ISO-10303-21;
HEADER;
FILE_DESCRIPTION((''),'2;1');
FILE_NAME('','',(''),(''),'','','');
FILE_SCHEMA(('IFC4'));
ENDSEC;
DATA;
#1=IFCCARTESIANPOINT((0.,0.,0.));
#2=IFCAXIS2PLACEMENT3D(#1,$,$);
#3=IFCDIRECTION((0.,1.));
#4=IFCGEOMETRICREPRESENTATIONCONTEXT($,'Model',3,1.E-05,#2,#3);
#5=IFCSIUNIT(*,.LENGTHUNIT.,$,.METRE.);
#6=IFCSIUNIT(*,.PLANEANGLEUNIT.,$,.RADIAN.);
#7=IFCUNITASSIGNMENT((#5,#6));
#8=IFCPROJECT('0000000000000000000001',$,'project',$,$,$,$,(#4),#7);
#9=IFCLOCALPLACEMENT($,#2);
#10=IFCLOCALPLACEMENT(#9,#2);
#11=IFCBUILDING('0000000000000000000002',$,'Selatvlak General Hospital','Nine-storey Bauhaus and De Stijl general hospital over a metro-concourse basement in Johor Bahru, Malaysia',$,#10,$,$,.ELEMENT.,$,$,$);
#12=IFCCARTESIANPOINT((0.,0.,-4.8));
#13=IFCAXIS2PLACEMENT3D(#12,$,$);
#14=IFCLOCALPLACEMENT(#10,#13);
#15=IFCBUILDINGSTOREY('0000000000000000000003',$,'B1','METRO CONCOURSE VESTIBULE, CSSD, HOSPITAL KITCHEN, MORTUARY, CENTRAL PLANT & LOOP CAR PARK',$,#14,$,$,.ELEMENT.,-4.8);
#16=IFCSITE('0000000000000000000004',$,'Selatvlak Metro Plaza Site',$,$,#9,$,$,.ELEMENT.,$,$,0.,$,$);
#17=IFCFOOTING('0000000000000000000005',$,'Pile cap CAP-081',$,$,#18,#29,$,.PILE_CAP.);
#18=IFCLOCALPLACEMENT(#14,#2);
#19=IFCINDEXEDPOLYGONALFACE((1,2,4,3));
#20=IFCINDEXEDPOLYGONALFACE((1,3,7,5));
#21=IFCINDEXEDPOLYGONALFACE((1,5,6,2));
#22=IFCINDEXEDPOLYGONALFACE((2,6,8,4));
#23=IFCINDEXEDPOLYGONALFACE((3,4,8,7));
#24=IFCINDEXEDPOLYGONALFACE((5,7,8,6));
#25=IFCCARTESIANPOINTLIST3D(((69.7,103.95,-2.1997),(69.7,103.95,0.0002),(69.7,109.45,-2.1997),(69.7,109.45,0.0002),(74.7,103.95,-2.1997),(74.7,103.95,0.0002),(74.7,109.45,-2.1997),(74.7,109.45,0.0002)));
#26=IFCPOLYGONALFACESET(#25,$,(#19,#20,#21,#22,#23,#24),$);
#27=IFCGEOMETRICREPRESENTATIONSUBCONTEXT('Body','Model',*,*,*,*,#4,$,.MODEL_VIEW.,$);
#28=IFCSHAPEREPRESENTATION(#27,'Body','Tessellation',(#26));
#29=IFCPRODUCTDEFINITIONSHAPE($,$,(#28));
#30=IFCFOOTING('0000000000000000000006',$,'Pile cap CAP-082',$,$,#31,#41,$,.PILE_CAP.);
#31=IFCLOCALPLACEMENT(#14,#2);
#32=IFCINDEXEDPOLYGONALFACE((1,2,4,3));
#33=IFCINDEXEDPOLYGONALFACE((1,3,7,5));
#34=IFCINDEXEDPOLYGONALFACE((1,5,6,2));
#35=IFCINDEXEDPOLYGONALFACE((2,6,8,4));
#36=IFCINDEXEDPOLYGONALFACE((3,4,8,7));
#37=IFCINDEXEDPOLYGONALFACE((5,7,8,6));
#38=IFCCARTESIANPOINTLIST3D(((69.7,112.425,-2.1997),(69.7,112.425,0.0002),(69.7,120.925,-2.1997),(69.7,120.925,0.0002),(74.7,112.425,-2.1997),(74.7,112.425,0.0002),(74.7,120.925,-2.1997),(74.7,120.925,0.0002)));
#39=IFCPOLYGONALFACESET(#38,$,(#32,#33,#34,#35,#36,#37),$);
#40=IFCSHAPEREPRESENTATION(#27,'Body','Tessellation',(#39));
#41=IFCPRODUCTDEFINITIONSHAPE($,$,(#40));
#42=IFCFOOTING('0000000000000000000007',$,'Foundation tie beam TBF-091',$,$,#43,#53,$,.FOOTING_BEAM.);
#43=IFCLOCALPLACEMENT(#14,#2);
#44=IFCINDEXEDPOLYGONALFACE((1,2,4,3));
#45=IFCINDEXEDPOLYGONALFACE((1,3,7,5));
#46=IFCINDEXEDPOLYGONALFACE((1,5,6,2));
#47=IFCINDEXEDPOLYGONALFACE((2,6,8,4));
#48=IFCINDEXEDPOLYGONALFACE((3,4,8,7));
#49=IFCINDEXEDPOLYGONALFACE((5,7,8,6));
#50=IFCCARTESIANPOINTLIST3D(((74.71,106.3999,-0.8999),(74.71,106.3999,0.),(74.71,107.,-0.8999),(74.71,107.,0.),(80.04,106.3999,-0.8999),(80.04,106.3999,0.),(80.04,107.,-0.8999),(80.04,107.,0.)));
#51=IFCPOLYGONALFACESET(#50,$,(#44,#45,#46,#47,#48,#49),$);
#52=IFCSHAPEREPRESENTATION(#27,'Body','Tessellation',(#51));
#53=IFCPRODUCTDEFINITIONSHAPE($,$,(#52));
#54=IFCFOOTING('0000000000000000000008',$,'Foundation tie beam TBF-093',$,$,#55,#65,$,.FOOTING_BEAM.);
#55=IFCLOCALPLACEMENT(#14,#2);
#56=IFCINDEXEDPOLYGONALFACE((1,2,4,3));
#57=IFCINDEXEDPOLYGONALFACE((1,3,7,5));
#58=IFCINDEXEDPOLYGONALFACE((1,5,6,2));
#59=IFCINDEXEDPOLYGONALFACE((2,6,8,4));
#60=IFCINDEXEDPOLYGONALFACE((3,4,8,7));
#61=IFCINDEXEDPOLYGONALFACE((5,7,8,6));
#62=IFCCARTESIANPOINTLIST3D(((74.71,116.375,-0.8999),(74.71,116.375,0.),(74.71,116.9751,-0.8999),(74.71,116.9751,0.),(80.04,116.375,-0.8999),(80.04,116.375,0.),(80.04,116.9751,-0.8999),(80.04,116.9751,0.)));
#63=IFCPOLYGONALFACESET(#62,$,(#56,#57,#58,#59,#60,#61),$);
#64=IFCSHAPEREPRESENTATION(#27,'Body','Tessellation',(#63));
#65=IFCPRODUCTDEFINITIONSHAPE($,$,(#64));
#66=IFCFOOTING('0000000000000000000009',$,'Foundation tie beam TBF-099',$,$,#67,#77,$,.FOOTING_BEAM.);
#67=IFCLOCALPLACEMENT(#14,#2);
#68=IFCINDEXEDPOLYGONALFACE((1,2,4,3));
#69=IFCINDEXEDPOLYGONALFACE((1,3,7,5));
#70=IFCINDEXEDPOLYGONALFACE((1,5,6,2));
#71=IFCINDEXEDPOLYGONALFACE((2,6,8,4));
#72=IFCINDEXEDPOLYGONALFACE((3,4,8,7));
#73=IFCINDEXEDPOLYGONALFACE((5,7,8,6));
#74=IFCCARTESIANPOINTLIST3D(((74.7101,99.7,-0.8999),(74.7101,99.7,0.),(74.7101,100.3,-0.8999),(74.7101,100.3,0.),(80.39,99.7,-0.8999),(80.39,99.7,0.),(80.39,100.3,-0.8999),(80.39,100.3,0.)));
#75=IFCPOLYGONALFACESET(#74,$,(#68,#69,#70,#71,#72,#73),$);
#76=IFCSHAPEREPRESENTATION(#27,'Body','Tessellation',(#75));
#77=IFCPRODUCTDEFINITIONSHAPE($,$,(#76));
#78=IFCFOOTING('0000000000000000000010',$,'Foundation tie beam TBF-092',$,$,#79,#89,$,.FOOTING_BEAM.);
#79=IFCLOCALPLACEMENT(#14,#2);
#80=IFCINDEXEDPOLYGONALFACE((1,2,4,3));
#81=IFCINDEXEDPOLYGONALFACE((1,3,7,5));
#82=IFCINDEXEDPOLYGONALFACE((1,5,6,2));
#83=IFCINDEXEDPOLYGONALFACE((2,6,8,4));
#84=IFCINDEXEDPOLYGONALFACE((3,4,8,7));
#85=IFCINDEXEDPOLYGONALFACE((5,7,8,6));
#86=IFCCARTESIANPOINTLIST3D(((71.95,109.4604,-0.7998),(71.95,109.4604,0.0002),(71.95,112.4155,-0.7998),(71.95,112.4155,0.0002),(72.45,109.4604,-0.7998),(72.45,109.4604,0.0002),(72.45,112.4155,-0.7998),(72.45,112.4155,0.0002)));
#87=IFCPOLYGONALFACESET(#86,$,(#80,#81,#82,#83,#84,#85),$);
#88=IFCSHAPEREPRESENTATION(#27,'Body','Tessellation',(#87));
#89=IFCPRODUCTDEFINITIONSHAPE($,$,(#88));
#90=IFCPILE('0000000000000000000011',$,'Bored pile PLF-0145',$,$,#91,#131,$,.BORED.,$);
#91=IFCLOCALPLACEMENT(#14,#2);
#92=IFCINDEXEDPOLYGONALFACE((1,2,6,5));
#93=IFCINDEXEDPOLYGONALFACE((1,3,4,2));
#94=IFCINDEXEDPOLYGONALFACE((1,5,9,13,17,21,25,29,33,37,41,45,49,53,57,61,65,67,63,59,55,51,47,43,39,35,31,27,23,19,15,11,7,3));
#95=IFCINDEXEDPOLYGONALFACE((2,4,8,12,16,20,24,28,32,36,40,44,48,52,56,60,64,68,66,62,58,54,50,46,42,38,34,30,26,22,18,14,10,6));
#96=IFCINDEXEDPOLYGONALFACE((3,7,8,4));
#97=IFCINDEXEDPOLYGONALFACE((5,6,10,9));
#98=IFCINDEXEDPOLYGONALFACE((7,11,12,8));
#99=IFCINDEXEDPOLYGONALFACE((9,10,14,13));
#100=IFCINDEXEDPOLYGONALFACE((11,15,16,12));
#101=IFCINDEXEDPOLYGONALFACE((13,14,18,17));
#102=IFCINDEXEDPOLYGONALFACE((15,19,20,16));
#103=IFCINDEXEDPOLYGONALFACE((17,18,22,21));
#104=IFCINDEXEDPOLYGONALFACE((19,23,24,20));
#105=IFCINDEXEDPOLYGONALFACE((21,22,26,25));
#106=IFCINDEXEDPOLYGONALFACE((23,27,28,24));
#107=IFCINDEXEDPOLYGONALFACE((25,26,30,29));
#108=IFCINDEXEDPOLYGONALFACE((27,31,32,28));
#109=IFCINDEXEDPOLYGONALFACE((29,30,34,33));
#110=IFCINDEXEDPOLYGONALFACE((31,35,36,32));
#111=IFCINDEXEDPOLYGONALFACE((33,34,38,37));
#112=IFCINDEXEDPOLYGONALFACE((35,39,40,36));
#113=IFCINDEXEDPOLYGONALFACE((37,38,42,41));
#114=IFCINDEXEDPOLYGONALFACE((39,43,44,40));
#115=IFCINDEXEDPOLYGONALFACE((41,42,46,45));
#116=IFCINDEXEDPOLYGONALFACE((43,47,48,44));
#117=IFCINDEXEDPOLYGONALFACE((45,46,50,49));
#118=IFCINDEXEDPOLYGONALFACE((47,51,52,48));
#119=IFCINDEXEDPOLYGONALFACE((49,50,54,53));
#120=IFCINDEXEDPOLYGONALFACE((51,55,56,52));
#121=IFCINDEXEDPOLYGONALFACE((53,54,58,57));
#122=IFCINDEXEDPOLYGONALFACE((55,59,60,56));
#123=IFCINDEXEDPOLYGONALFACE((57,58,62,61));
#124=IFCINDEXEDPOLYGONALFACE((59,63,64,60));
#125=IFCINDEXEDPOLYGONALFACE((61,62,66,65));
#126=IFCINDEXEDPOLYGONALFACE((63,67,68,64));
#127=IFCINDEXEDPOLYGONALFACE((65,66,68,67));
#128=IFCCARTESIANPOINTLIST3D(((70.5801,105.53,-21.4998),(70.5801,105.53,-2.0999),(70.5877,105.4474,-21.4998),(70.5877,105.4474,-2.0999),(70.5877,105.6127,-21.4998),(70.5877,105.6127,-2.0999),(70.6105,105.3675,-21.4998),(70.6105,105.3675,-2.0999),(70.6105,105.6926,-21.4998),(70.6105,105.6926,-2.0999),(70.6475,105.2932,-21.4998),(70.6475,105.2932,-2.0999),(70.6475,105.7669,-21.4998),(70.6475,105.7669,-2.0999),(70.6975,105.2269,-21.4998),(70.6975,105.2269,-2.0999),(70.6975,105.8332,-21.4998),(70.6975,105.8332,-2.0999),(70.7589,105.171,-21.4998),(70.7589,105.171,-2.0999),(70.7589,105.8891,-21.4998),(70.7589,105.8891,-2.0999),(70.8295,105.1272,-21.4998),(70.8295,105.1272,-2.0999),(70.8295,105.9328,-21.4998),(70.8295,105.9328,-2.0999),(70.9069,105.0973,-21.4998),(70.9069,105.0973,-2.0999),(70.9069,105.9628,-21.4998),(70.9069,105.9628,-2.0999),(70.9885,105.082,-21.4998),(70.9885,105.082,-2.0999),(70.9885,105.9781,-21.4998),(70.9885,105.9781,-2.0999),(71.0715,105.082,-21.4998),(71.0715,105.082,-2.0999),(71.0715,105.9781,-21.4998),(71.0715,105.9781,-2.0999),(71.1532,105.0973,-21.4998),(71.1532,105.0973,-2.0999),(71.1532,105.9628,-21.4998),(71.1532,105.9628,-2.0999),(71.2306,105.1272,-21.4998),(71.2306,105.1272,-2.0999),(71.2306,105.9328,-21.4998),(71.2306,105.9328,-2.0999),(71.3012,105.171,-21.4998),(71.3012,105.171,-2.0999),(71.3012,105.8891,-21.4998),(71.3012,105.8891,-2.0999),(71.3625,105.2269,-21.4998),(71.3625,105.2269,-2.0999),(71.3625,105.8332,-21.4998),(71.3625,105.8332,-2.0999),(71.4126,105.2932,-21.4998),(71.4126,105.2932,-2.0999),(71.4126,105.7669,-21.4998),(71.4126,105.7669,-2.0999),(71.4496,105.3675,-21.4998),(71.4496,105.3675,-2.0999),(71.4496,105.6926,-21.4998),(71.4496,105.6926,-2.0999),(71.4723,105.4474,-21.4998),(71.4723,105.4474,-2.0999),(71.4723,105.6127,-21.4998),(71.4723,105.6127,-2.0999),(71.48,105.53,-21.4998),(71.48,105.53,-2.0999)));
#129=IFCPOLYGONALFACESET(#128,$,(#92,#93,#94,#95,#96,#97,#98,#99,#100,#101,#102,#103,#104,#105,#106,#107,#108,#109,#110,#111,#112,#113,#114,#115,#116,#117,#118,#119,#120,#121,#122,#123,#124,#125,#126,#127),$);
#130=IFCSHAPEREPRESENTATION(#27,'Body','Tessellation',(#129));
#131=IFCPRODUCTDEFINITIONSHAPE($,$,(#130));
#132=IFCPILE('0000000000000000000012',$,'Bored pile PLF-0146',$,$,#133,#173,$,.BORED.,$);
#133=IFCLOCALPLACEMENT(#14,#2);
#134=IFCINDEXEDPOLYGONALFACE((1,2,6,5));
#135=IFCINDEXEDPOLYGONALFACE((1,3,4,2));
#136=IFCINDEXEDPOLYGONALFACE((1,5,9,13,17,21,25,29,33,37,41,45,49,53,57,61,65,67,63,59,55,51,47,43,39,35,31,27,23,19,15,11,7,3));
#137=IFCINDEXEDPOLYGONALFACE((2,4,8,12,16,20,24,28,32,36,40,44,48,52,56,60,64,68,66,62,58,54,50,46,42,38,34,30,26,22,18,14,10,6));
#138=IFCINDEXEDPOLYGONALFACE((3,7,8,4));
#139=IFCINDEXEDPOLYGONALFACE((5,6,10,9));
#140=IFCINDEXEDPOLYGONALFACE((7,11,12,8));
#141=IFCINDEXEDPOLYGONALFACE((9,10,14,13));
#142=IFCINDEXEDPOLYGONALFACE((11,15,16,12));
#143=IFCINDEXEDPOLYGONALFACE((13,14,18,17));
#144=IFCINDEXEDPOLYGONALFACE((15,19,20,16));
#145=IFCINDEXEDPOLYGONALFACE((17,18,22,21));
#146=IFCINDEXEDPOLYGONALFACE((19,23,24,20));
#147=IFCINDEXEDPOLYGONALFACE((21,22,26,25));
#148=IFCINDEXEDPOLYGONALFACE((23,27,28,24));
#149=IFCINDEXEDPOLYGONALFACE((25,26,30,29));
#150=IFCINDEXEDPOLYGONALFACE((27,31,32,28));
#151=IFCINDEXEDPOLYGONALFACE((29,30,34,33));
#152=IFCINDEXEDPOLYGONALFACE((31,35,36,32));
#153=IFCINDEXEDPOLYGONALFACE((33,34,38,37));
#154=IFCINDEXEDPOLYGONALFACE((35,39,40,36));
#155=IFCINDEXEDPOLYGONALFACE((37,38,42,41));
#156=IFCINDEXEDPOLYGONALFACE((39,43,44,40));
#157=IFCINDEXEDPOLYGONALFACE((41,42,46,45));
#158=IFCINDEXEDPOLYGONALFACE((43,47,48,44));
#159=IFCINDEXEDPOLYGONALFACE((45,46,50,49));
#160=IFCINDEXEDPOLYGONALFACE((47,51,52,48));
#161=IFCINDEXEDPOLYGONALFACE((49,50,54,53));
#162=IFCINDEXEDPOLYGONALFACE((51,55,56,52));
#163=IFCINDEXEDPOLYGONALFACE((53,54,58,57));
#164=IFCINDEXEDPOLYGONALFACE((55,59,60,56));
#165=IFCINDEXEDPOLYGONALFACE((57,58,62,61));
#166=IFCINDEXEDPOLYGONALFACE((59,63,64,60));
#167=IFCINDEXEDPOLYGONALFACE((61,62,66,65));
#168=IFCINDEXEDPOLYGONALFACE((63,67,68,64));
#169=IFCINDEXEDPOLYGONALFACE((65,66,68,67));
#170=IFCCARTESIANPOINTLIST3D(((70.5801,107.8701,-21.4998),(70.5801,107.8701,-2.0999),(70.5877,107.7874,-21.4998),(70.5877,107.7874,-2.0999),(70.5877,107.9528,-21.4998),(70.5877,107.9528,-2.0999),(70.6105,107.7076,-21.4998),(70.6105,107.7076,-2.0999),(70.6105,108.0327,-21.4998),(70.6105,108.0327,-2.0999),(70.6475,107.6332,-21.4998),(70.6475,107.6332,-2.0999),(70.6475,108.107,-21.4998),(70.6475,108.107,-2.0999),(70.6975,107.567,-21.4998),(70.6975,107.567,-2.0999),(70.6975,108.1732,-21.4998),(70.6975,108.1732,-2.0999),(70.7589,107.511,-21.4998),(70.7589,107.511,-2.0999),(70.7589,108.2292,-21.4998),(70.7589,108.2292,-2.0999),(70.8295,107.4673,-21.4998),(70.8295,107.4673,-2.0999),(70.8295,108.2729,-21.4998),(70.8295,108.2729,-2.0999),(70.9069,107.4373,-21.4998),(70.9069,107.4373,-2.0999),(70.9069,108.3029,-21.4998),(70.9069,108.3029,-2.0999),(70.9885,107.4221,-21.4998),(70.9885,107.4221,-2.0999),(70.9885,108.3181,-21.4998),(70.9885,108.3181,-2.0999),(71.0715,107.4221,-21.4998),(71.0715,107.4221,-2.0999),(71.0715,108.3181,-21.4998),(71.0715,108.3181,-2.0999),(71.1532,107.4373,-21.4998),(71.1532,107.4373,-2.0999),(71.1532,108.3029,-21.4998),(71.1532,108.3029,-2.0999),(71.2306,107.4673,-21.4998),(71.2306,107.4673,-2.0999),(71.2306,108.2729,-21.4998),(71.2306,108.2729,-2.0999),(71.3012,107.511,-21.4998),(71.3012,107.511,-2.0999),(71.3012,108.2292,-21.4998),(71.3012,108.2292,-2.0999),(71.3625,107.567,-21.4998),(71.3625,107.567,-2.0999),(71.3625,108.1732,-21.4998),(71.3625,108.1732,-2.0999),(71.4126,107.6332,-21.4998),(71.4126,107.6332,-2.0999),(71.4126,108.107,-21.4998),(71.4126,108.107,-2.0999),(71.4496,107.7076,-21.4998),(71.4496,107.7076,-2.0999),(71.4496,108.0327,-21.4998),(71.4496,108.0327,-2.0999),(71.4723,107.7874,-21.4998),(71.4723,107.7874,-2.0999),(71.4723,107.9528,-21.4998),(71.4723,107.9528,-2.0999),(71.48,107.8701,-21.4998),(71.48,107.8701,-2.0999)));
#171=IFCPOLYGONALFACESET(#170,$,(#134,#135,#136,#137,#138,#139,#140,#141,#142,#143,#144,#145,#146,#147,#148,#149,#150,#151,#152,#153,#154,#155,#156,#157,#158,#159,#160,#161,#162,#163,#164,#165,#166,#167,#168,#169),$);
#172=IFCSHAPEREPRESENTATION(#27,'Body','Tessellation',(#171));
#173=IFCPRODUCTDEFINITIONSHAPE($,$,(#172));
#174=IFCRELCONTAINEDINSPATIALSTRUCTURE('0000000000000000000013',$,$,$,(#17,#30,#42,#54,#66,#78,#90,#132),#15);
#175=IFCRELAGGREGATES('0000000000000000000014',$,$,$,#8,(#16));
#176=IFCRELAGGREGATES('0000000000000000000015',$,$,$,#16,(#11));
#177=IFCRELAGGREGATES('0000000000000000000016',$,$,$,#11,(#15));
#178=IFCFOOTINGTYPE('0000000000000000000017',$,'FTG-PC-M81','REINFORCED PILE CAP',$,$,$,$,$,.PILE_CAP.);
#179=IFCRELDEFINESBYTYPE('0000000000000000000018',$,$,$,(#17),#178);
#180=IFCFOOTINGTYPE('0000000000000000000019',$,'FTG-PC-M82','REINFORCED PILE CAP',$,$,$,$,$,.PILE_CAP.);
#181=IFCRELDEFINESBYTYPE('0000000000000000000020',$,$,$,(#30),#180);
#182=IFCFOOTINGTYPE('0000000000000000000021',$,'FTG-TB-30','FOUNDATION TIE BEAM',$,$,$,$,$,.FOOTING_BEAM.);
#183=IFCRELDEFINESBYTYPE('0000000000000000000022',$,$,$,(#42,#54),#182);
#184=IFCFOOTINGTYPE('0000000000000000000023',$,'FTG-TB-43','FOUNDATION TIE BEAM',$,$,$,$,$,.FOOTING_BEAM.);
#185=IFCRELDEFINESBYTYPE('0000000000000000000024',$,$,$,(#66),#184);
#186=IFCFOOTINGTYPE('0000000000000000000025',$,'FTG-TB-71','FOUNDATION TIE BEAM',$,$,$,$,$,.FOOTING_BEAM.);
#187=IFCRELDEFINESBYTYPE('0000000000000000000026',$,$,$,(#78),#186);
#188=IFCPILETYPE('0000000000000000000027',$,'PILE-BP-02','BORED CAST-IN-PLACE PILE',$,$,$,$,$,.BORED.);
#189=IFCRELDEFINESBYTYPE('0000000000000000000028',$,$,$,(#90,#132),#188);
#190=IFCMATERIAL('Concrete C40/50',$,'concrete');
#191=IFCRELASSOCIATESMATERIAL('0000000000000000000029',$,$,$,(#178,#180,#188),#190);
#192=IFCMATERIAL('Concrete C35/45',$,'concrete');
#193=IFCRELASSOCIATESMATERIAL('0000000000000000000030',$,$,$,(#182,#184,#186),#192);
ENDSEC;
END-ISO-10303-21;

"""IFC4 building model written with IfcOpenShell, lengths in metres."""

from ifc_helpers import new_model, si_unit, direction, frame, origin, origin_2d, place, context, subcontext, project, spatial, rectangle, circle, extrude, material, material_profile, profile_set, type_object, element, save


model = new_model("IFC4")

# Units and contexts
model_context = context("Model", 3, precision=1e-05, world=origin(), true_north=direction((0.0, 1.0)))
body_context = subcontext(model_context, "Body", "Model", "MODEL_VIEW")
ifc_project = project(units=[si_unit("LENGTHUNIT", "METRE"), si_unit("PLANEANGLEUNIT", "RADIAN")], contexts=[model_context])

# Site, building, storey
site_placement = place(None, origin())
site = spatial("IfcSite", under=ifc_project, at=site_placement, Name="Selatvlak Metro Plaza Site", CompositionType="ELEMENT", RefElevation=0.0)
building_placement = place(site_placement, origin())
building = spatial("IfcBuilding", under=site, at=building_placement, Name="Selatvlak General Hospital", Description="Nine-storey Bauhaus and De Stijl general hospital over a metro-concourse basement in Johor Bahru, Malaysia", CompositionType="ELEMENT")
storey_placement = place(building_placement, frame((0.0, 0.0, -4.8)))
storey = spatial("IfcBuildingStorey", under=building, at=storey_placement, Name="B1", Description="METRO CONCOURSE VESTIBULE, CSSD, HOSPITAL KITCHEN, MORTUARY, CENTRAL PLANT & LOOP CAR PARK", CompositionType="ELEMENT", Elevation=-4.8)

# Footings
ifc_material_1 = material(Name="Concrete C40/50", Category="concrete")
footing_type_1 = type_object("IfcFootingType", Name="FTG-PC-M81", Description="REINFORCED PILE CAP", PredefinedType="PILE_CAP", material=ifc_material_1)
footing_1_placement = place(storey_placement, frame((72.2, 106.7, -2.1997), z_axis=(0.0, 0.0, 1.0), x_axis=(1.0, 0.0, 0.0)))
element("IfcFooting", 1, at=footing_1_placement, inside=storey, type_object=footing_type_1, Name="Pile cap CAP-081", PredefinedType="PILE_CAP", context=body_context, shape_type="SweptSolid", body=[
    extrude(rectangle(XDim=5.0, YDim=5.5, at=origin_2d()), origin(), (0.0, 0.0, 1.0), 2.2),
])
footing_type_2 = type_object("IfcFootingType", Name="FTG-PC-M82", Description="REINFORCED PILE CAP", PredefinedType="PILE_CAP", material=ifc_material_1)
footing_2_placement = place(storey_placement, frame((72.2, 116.675, -2.1997), z_axis=(0.0, 0.0, 1.0), x_axis=(1.0, 0.0, 0.0)))
element("IfcFooting", 2, at=footing_2_placement, inside=storey, type_object=footing_type_2, Name="Pile cap CAP-082", PredefinedType="PILE_CAP", context=body_context, shape_type="SweptSolid", body=[
    extrude(rectangle(XDim=5.0, YDim=8.5, at=origin_2d()), origin(), (0.0, 0.0, 1.0), 2.2),
])
ifc_material_2 = material(Name="Concrete C35/45", Category="concrete")
footing_type_3 = type_object("IfcFootingType", Name="FTG-TB-30", Description="FOUNDATION TIE BEAM", PredefinedType="FOOTING_BEAM", material=ifc_material_2)
for number, where, z_axis, x_axis, name in (
    (3, (77.375, 106.7, -0.8999), (0.0, 0.0, 1.0), (1.0, 0.0, 0.0), "Foundation tie beam TBF-091"),
    (4, (77.375, 116.675, -0.8999), (0.0, 0.0, 1.0), (1.0, 0.0, 0.0), "Foundation tie beam TBF-093"),
):
    element("IfcFooting", number, at=place(storey_placement, frame(where, z_axis=z_axis, x_axis=x_axis)), inside=storey, type_object=footing_type_3, Name=name, PredefinedType="FOOTING_BEAM", context=body_context, shape_type="SweptSolid", body=[
        extrude(rectangle(XDim=5.3301, YDim=0.6001, at=origin_2d()), origin(), (0.0, 0.0, 1.0), 0.8999),
    ])
footing_type_4 = type_object("IfcFootingType", Name="FTG-TB-43", Description="FOUNDATION TIE BEAM", PredefinedType="FOOTING_BEAM", material=ifc_material_2)
footing_3_placement = place(storey_placement, frame((77.55, 100.0, -0.8999), z_axis=(0.0, 0.0, 1.0), x_axis=(1.0, 0.0, 0.0)))
element("IfcFooting", 5, at=footing_3_placement, inside=storey, type_object=footing_type_4, Name="Foundation tie beam TBF-099", PredefinedType="FOOTING_BEAM", context=body_context, shape_type="SweptSolid", body=[
    extrude(rectangle(XDim=5.6799, YDim=0.6001, at=origin_2d()), origin(), (0.0, 0.0, 1.0), 0.8999),
])
footing_type_5 = type_object("IfcFootingType", Name="FTG-TB-71", Description="FOUNDATION TIE BEAM", PredefinedType="FOOTING_BEAM", material=ifc_material_2)
footing_4_placement = place(storey_placement, frame((72.2, 110.938, -0.7998), z_axis=(0.0, 0.0, 1.0), x_axis=(0.0, 1.0, 0.0)))
element("IfcFooting", 6, at=footing_4_placement, inside=storey, type_object=footing_type_5, Name="Foundation tie beam TBF-092", PredefinedType="FOOTING_BEAM", context=body_context, shape_type="SweptSolid", body=[
    extrude(rectangle(XDim=2.9551, YDim=0.5, at=origin_2d()), origin(), (0.0, 0.0, 1.0), 0.8),
])

# Piles
ifc_material_profile_1 = material_profile(ifc_material_1, circle(Radius=0.45, at=origin_2d()), Name="BORED PILE 900")
ifc_profile_set_1 = profile_set([ifc_material_profile_1], Name="Concrete C40/50")
pile_type_1 = type_object("IfcPileType", Name="PILE-BP-02", Description="BORED CAST-IN-PLACE PILE", PredefinedType="BORED", material=ifc_profile_set_1)
for number, where, z_axis, x_axis, name in (
    (7, (71.03, 105.53, -2.0999), (0.0, 0.0, -1.0), (1.0, 0.0, 0.0), "Bored pile PLF-0145"),
    (8, (71.03, 107.8701, -2.0999), (0.0, 0.0, -1.0), (1.0, 0.0, 0.0), "Bored pile PLF-0146"),
):
    element("IfcPile", number, at=place(storey_placement, frame(where, z_axis=z_axis, x_axis=x_axis)), inside=storey, type_object=pile_type_1, Name=name, PredefinedType="BORED", context=body_context, shape_type="SweptSolid", body=[
        extrude(circle(Radius=0.45, at=origin_2d()), origin(), (0.0, 0.0, 1.0), 19.3999),
    ])

save(model, "model.ifc")
